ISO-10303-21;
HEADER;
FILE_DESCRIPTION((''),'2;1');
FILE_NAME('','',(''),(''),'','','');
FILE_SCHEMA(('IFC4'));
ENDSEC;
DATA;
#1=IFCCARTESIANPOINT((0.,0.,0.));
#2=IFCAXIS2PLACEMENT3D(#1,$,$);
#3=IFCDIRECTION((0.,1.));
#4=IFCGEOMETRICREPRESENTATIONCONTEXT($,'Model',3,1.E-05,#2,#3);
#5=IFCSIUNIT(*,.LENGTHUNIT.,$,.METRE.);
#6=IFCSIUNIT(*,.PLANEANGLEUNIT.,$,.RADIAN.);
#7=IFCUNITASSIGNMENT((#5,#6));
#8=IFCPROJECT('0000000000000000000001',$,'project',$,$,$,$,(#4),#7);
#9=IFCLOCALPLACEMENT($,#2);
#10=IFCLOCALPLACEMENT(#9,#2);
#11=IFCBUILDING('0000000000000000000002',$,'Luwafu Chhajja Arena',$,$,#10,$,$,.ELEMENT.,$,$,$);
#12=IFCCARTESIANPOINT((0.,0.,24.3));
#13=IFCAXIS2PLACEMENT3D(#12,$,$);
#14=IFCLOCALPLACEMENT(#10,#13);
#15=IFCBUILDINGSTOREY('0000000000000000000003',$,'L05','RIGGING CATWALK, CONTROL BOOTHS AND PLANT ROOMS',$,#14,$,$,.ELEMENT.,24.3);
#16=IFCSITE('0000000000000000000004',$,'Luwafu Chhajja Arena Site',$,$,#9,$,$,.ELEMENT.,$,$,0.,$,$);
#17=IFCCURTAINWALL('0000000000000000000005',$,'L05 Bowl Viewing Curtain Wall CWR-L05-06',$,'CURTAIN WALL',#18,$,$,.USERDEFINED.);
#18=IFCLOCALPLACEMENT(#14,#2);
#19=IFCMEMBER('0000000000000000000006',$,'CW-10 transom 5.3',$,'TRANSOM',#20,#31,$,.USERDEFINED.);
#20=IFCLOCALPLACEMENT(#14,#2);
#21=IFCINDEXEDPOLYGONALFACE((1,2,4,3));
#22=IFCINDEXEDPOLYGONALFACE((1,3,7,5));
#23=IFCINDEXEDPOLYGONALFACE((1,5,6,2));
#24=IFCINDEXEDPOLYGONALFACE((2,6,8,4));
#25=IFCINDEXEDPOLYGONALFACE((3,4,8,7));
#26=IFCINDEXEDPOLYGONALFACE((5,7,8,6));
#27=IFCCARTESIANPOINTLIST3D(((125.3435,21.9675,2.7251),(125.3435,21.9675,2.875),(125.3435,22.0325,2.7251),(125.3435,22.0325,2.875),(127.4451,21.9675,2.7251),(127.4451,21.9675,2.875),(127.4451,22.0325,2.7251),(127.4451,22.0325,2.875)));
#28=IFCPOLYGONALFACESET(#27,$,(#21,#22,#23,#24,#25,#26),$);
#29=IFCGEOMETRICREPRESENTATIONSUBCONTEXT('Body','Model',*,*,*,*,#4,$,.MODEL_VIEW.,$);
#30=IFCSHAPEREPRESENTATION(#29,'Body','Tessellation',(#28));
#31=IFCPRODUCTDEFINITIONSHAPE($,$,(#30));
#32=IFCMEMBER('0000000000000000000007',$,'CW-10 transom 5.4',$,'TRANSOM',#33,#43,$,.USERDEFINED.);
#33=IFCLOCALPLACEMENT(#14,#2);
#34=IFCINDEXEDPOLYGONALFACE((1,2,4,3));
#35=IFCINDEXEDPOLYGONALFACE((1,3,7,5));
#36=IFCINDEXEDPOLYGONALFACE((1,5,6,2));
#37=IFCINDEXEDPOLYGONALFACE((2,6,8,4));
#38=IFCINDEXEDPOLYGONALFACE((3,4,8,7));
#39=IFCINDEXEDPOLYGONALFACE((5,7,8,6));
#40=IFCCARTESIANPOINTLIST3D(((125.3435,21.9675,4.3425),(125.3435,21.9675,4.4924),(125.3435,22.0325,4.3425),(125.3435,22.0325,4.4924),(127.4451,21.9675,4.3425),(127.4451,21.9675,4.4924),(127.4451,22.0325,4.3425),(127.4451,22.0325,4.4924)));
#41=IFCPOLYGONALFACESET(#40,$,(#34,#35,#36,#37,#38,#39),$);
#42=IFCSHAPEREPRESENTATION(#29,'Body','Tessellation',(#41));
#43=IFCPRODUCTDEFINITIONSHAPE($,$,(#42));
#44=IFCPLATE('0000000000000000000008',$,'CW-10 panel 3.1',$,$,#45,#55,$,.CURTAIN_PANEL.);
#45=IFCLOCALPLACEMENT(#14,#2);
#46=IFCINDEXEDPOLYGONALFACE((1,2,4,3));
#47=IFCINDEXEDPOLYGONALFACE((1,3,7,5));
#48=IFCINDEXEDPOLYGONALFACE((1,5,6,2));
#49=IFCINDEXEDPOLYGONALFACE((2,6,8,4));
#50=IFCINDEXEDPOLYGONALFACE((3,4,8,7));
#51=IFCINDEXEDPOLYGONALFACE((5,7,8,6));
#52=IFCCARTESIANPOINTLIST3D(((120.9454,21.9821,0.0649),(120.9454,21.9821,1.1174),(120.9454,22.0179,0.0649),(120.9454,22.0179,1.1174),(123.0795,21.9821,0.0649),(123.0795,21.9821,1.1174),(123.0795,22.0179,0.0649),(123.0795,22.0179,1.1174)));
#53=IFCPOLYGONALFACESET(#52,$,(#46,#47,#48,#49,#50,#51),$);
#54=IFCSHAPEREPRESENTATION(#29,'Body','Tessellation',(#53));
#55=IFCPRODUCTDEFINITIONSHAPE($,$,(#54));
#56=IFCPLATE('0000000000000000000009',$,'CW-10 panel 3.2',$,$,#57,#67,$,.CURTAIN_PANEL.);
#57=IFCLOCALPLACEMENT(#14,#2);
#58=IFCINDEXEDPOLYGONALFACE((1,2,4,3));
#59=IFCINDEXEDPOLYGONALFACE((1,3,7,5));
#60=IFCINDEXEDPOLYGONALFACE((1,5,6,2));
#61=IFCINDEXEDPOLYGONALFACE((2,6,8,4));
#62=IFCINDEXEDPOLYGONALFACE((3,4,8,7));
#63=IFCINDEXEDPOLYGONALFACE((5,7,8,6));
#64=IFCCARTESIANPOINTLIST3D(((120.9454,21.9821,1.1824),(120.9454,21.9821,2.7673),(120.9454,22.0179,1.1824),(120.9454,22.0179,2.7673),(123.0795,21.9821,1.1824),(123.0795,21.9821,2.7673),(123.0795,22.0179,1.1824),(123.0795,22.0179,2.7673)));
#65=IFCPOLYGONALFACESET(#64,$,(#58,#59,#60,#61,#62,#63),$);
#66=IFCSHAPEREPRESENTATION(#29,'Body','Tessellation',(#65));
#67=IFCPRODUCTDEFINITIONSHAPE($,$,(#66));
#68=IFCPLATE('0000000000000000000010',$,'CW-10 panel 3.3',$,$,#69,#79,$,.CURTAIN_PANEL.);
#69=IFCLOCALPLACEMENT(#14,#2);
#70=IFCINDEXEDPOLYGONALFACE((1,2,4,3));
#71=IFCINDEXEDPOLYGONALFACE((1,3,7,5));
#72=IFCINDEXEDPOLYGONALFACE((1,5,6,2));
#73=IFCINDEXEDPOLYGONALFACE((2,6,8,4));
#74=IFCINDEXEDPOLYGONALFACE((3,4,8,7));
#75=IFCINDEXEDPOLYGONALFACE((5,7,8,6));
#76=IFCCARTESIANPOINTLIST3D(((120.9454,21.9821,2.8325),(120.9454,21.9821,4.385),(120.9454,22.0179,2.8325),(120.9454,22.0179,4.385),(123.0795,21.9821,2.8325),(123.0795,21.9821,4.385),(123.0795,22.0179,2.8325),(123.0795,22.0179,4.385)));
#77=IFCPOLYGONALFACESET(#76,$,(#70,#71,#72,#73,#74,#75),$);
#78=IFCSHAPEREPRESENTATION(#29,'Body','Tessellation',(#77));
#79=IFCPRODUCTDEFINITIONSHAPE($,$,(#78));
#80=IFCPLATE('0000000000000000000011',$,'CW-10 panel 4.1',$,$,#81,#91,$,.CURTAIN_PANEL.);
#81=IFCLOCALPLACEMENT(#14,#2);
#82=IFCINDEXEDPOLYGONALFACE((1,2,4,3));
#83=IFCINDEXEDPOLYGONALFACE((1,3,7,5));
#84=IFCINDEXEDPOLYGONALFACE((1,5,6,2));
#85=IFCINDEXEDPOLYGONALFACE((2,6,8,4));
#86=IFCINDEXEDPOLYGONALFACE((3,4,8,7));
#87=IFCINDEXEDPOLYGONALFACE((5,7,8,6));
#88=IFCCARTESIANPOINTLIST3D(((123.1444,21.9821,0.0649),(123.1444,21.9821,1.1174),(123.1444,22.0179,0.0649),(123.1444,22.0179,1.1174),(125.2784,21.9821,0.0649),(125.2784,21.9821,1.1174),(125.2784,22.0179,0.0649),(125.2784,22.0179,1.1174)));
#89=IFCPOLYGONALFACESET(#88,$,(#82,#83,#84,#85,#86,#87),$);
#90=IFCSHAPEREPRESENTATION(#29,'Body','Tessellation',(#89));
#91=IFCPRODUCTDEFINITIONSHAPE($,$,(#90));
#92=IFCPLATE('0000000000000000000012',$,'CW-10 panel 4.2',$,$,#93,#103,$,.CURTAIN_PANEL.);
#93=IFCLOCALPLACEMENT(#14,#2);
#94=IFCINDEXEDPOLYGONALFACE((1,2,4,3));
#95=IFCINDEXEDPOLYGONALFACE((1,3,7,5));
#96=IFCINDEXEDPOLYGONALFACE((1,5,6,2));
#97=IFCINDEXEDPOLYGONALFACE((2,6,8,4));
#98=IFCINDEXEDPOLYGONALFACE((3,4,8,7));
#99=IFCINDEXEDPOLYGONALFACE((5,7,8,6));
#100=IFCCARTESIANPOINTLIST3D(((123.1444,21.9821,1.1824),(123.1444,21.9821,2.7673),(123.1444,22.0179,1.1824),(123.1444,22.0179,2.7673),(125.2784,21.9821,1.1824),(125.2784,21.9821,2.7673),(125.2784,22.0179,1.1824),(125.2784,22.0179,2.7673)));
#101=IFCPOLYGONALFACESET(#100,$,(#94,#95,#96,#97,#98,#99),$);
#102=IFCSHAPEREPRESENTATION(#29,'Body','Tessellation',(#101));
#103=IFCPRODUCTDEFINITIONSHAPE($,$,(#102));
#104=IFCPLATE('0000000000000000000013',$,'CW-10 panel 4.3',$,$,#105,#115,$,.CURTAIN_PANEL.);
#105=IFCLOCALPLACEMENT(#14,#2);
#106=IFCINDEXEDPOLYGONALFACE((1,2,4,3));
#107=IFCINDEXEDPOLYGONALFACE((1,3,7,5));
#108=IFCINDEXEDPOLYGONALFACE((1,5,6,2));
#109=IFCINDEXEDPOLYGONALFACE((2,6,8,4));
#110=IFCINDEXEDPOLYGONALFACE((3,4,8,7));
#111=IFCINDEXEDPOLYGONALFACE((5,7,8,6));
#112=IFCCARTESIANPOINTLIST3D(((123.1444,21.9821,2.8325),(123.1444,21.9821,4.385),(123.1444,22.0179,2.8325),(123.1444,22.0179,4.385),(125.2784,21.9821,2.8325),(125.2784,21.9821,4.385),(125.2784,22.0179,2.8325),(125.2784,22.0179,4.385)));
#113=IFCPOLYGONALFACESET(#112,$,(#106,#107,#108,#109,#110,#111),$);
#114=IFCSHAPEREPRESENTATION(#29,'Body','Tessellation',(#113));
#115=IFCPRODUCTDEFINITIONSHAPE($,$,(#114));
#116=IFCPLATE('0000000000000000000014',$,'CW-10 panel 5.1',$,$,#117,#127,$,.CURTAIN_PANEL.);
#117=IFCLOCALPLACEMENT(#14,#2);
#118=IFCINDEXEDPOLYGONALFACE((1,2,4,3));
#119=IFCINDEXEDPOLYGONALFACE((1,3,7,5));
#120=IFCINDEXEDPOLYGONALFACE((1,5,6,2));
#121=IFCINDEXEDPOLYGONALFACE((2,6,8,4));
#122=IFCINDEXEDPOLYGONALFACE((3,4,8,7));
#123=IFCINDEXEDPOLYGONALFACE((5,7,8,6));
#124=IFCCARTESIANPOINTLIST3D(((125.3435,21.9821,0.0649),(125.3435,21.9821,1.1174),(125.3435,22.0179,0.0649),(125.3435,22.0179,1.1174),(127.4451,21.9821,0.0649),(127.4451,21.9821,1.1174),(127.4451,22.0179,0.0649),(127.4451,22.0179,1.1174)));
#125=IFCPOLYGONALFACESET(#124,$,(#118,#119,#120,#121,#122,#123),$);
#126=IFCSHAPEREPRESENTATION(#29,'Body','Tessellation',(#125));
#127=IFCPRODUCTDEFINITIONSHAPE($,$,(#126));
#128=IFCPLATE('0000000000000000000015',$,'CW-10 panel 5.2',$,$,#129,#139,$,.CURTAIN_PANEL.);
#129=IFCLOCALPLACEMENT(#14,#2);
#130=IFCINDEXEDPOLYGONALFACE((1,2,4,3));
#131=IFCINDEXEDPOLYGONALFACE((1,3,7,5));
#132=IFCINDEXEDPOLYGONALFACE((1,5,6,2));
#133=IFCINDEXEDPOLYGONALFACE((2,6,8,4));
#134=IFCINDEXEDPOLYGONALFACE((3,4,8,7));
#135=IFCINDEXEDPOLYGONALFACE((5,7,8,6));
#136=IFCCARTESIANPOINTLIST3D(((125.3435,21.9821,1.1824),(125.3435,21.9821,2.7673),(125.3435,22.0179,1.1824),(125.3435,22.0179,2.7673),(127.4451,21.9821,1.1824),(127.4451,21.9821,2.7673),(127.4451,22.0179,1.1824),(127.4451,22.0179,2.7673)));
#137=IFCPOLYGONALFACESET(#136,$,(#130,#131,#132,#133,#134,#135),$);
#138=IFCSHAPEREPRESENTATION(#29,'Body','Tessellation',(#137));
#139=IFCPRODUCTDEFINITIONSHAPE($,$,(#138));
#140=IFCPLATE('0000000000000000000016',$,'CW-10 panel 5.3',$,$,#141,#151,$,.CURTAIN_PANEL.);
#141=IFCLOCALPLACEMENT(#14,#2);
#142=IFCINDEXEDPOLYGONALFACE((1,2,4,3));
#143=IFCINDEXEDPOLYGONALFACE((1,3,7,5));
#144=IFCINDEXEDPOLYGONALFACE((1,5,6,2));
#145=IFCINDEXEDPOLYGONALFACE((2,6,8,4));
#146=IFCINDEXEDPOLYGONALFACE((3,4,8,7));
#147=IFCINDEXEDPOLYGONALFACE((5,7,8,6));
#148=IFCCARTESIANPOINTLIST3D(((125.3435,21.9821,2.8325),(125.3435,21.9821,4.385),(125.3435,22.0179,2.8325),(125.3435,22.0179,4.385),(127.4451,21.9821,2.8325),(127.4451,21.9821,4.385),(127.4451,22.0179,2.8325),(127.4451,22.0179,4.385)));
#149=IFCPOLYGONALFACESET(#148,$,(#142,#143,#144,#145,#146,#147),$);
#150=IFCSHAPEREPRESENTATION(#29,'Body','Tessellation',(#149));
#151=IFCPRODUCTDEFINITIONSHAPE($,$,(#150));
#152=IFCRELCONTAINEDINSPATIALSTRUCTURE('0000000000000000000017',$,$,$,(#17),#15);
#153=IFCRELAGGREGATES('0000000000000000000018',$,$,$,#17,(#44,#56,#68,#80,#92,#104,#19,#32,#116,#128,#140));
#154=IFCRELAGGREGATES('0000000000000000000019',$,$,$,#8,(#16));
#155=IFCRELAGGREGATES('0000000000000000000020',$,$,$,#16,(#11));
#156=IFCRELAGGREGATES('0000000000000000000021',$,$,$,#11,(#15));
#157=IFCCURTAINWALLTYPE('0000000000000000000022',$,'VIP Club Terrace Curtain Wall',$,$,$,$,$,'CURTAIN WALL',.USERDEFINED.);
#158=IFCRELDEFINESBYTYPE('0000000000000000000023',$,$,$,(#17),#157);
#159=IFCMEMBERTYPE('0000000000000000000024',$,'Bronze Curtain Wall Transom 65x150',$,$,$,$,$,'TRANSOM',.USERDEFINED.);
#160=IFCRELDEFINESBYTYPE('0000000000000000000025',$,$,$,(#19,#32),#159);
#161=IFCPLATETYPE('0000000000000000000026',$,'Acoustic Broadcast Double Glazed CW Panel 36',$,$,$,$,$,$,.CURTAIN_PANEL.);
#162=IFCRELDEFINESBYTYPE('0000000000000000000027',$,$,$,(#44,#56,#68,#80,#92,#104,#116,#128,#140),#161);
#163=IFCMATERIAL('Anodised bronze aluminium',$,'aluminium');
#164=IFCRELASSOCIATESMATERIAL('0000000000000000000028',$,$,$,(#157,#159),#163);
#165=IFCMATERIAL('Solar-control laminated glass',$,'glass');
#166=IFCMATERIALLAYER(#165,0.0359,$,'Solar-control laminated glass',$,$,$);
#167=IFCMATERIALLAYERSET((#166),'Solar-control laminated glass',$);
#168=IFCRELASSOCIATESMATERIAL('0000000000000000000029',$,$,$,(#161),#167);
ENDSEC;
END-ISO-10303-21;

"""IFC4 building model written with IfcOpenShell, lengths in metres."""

from ifc_helpers import new_model, si_unit, direction, frame, origin, origin_2d, place, context, subcontext, project, spatial, rectangle, extrude, material, layer, layer_set, material_profile, profile_set, type_object, element, aggregate, save


model = new_model("IFC4")

# Units and contexts
model_context = context("Model", 3, precision=1e-05, world=origin(), true_north=direction((0.0, 1.0)))
body_context = subcontext(model_context, "Body", "Model", "MODEL_VIEW")
ifc_project = project(units=[si_unit("LENGTHUNIT", "METRE"), si_unit("PLANEANGLEUNIT", "RADIAN")], contexts=[model_context])

# Site, building, storey
site_placement = place(None, origin())
site = spatial("IfcSite", under=ifc_project, at=site_placement, Name="Luwafu Chhajja Arena Site", CompositionType="ELEMENT", RefElevation=0.0)
building_placement = place(site_placement, origin())
building = spatial("IfcBuilding", under=site, at=building_placement, Name="Luwafu Chhajja Arena", CompositionType="ELEMENT")
storey_placement = place(building_placement, frame((0.0, 0.0, 24.3)))
storey = spatial("IfcBuildingStorey", under=building, at=storey_placement, Name="L05", Description="RIGGING CATWALK, CONTROL BOOTHS AND PLANT ROOMS", CompositionType="ELEMENT", Elevation=24.3)

# Curtain wall, members, plates
ifc_material_1 = material(Name="Anodised bronze aluminium", Category="aluminium")
curtain_wall_type = type_object("IfcCurtainWallType", Name="VIP Club Terrace Curtain Wall", ElementType="CURTAIN WALL", PredefinedType="USERDEFINED", material=ifc_material_1)
curtain_wall_placement = place(storey_placement, origin())
curtain_wall = element("IfcCurtainWall", 1, at=curtain_wall_placement, inside=storey, type_object=curtain_wall_type, Name="L05 Bowl Viewing Curtain Wall CWR-L05-06", ObjectType="CURTAIN WALL", PredefinedType="USERDEFINED")
ifc_material_profile_1 = material_profile(ifc_material_1, rectangle(XDim=0.0649, YDim=0.1499, at=origin_2d()), Name="CWT 65x150")
ifc_profile_set_1 = profile_set([ifc_material_profile_1], Name="Anodised bronze aluminium")
member_type_1 = type_object("IfcMemberType", Name="Bronze Curtain Wall Transom 65x150", ElementType="TRANSOM", PredefinedType="USERDEFINED", material=ifc_profile_set_1)
member_1_placement = place(storey_placement, frame((125.3435, 22.0, 2.8), z_axis=(1.0, 0.0, 0.0), x_axis=(0.0, 1.0, 0.0)))
member_1 = element("IfcMember", 2, at=member_1_placement, type_object=member_type_1, Name="CW-10 transom 5.3", ObjectType="TRANSOM", PredefinedType="USERDEFINED", context=body_context, shape_type="SweptSolid", body=[
    extrude(rectangle(XDim=0.0649, YDim=0.1499, at=origin_2d()), origin(), (0.0, 0.0, 1.0), 2.1016),
])
member_2_placement = place(storey_placement, frame((125.3435, 22.0, 4.4175), z_axis=(1.0, 0.0, 0.0), x_axis=(0.0, 1.0, 0.0)))
member_2 = element("IfcMember", 3, at=member_2_placement, type_object=member_type_1, Name="CW-10 transom 5.4", ObjectType="TRANSOM", PredefinedType="USERDEFINED", context=body_context, shape_type="SweptSolid", body=[
    extrude(rectangle(XDim=0.0649, YDim=0.1499, at=origin_2d()), origin(), (0.0, 0.0, 1.0), 2.1016),
])
ifc_material_2 = material(Name="Solar-control laminated glass", Category="glass")
ifc_layer = layer(ifc_material_2, 0.0359, Name="Solar-control laminated glass")
ifc_layer_set = layer_set([ifc_layer], Name="Solar-control laminated glass")
plate_type = type_object("IfcPlateType", Name="Acoustic Broadcast Double Glazed CW Panel 36", PredefinedType="CURTAIN_PANEL", material=ifc_layer_set)
plate_1_placement = place(storey_placement, frame((122.0125, 22.0, 0.0649), z_axis=(0.0, 0.0, 1.0), x_axis=(1.0, 0.0, 0.0)))
plate_1 = element("IfcPlate", 4, at=plate_1_placement, type_object=plate_type, Name="CW-10 panel 3.1", PredefinedType="CURTAIN_PANEL", context=body_context, shape_type="SweptSolid", body=[
    extrude(rectangle(XDim=2.134, YDim=0.0359, at=origin_2d()), origin(), (0.0, 0.0, 1.0), 1.0525),
])
plate_2_placement = place(storey_placement, frame((122.0125, 22.0, 1.1824), z_axis=(0.0, 0.0, 1.0), x_axis=(1.0, 0.0, 0.0)))
plate_2 = element("IfcPlate", 5, at=plate_2_placement, type_object=plate_type, Name="CW-10 panel 3.2", PredefinedType="CURTAIN_PANEL", context=body_context, shape_type="SweptSolid", body=[
    extrude(rectangle(XDim=2.134, YDim=0.0359, at=origin_2d()), origin(), (0.0, 0.0, 1.0), 1.585),
])
plate_3_placement = place(storey_placement, frame((122.0125, 22.0, 2.8325), z_axis=(0.0, 0.0, 1.0), x_axis=(1.0, 0.0, 0.0)))
plate_3 = element("IfcPlate", 6, at=plate_3_placement, type_object=plate_type, Name="CW-10 panel 3.3", PredefinedType="CURTAIN_PANEL", context=body_context, shape_type="SweptSolid", body=[
    extrude(rectangle(XDim=2.134, YDim=0.0359, at=origin_2d()), origin(), (0.0, 0.0, 1.0), 1.5525),
])
plate_4_placement = place(storey_placement, frame((124.2114, 22.0, 0.0649), z_axis=(0.0, 0.0, 1.0), x_axis=(1.0, 0.0, 0.0)))
plate_4 = element("IfcPlate", 7, at=plate_4_placement, type_object=plate_type, Name="CW-10 panel 4.1", PredefinedType="CURTAIN_PANEL", context=body_context, shape_type="SweptSolid", body=[
    extrude(rectangle(XDim=2.134, YDim=0.0359, at=origin_2d()), origin(), (0.0, 0.0, 1.0), 1.0525),
])
plate_5_placement = place(storey_placement, frame((124.2114, 22.0, 1.1824), z_axis=(0.0, 0.0, 1.0), x_axis=(1.0, 0.0, 0.0)))
plate_5 = element("IfcPlate", 8, at=plate_5_placement, type_object=plate_type, Name="CW-10 panel 4.2", PredefinedType="CURTAIN_PANEL", context=body_context, shape_type="SweptSolid", body=[
    extrude(rectangle(XDim=2.134, YDim=0.0359, at=origin_2d()), origin(), (0.0, 0.0, 1.0), 1.585),
])
plate_6_placement = place(storey_placement, frame((124.2114, 22.0, 2.8325), z_axis=(0.0, 0.0, 1.0), x_axis=(1.0, 0.0, 0.0)))
plate_6 = element("IfcPlate", 9, at=plate_6_placement, type_object=plate_type, Name="CW-10 panel 4.3", PredefinedType="CURTAIN_PANEL", context=body_context, shape_type="SweptSolid", body=[
    extrude(rectangle(XDim=2.134, YDim=0.0359, at=origin_2d()), origin(), (0.0, 0.0, 1.0), 1.5525),
])
plate_7_placement = place(storey_placement, frame((126.3943, 22.0, 0.0649), z_axis=(0.0, 0.0, 1.0), x_axis=(1.0, 0.0, 0.0)))
plate_7 = element("IfcPlate", 10, at=plate_7_placement, type_object=plate_type, Name="CW-10 panel 5.1", PredefinedType="CURTAIN_PANEL", context=body_context, shape_type="SweptSolid", body=[
    extrude(rectangle(XDim=2.1016, YDim=0.0359, at=origin_2d()), origin(), (0.0, 0.0, 1.0), 1.0525),
])
plate_8_placement = place(storey_placement, frame((126.3943, 22.0, 1.1824), z_axis=(0.0, 0.0, 1.0), x_axis=(1.0, 0.0, 0.0)))
plate_8 = element("IfcPlate", 11, at=plate_8_placement, type_object=plate_type, Name="CW-10 panel 5.2", PredefinedType="CURTAIN_PANEL", context=body_context, shape_type="SweptSolid", body=[
    extrude(rectangle(XDim=2.1016, YDim=0.0359, at=origin_2d()), origin(), (0.0, 0.0, 1.0), 1.585),
])
plate_9_placement = place(storey_placement, frame((126.3943, 22.0, 2.8325), z_axis=(0.0, 0.0, 1.0), x_axis=(1.0, 0.0, 0.0)))
plate_9 = element("IfcPlate", 12, at=plate_9_placement, type_object=plate_type, Name="CW-10 panel 5.3", PredefinedType="CURTAIN_PANEL", context=body_context, shape_type="SweptSolid", body=[
    extrude(rectangle(XDim=2.1016, YDim=0.0359, at=origin_2d()), origin(), (0.0, 0.0, 1.0), 1.5525),
])
aggregate(curtain_wall, [plate_1, plate_2, plate_3, plate_4, plate_5, plate_6, member_1, member_2, plate_7, plate_8, plate_9])

save(model, "model.ifc")
